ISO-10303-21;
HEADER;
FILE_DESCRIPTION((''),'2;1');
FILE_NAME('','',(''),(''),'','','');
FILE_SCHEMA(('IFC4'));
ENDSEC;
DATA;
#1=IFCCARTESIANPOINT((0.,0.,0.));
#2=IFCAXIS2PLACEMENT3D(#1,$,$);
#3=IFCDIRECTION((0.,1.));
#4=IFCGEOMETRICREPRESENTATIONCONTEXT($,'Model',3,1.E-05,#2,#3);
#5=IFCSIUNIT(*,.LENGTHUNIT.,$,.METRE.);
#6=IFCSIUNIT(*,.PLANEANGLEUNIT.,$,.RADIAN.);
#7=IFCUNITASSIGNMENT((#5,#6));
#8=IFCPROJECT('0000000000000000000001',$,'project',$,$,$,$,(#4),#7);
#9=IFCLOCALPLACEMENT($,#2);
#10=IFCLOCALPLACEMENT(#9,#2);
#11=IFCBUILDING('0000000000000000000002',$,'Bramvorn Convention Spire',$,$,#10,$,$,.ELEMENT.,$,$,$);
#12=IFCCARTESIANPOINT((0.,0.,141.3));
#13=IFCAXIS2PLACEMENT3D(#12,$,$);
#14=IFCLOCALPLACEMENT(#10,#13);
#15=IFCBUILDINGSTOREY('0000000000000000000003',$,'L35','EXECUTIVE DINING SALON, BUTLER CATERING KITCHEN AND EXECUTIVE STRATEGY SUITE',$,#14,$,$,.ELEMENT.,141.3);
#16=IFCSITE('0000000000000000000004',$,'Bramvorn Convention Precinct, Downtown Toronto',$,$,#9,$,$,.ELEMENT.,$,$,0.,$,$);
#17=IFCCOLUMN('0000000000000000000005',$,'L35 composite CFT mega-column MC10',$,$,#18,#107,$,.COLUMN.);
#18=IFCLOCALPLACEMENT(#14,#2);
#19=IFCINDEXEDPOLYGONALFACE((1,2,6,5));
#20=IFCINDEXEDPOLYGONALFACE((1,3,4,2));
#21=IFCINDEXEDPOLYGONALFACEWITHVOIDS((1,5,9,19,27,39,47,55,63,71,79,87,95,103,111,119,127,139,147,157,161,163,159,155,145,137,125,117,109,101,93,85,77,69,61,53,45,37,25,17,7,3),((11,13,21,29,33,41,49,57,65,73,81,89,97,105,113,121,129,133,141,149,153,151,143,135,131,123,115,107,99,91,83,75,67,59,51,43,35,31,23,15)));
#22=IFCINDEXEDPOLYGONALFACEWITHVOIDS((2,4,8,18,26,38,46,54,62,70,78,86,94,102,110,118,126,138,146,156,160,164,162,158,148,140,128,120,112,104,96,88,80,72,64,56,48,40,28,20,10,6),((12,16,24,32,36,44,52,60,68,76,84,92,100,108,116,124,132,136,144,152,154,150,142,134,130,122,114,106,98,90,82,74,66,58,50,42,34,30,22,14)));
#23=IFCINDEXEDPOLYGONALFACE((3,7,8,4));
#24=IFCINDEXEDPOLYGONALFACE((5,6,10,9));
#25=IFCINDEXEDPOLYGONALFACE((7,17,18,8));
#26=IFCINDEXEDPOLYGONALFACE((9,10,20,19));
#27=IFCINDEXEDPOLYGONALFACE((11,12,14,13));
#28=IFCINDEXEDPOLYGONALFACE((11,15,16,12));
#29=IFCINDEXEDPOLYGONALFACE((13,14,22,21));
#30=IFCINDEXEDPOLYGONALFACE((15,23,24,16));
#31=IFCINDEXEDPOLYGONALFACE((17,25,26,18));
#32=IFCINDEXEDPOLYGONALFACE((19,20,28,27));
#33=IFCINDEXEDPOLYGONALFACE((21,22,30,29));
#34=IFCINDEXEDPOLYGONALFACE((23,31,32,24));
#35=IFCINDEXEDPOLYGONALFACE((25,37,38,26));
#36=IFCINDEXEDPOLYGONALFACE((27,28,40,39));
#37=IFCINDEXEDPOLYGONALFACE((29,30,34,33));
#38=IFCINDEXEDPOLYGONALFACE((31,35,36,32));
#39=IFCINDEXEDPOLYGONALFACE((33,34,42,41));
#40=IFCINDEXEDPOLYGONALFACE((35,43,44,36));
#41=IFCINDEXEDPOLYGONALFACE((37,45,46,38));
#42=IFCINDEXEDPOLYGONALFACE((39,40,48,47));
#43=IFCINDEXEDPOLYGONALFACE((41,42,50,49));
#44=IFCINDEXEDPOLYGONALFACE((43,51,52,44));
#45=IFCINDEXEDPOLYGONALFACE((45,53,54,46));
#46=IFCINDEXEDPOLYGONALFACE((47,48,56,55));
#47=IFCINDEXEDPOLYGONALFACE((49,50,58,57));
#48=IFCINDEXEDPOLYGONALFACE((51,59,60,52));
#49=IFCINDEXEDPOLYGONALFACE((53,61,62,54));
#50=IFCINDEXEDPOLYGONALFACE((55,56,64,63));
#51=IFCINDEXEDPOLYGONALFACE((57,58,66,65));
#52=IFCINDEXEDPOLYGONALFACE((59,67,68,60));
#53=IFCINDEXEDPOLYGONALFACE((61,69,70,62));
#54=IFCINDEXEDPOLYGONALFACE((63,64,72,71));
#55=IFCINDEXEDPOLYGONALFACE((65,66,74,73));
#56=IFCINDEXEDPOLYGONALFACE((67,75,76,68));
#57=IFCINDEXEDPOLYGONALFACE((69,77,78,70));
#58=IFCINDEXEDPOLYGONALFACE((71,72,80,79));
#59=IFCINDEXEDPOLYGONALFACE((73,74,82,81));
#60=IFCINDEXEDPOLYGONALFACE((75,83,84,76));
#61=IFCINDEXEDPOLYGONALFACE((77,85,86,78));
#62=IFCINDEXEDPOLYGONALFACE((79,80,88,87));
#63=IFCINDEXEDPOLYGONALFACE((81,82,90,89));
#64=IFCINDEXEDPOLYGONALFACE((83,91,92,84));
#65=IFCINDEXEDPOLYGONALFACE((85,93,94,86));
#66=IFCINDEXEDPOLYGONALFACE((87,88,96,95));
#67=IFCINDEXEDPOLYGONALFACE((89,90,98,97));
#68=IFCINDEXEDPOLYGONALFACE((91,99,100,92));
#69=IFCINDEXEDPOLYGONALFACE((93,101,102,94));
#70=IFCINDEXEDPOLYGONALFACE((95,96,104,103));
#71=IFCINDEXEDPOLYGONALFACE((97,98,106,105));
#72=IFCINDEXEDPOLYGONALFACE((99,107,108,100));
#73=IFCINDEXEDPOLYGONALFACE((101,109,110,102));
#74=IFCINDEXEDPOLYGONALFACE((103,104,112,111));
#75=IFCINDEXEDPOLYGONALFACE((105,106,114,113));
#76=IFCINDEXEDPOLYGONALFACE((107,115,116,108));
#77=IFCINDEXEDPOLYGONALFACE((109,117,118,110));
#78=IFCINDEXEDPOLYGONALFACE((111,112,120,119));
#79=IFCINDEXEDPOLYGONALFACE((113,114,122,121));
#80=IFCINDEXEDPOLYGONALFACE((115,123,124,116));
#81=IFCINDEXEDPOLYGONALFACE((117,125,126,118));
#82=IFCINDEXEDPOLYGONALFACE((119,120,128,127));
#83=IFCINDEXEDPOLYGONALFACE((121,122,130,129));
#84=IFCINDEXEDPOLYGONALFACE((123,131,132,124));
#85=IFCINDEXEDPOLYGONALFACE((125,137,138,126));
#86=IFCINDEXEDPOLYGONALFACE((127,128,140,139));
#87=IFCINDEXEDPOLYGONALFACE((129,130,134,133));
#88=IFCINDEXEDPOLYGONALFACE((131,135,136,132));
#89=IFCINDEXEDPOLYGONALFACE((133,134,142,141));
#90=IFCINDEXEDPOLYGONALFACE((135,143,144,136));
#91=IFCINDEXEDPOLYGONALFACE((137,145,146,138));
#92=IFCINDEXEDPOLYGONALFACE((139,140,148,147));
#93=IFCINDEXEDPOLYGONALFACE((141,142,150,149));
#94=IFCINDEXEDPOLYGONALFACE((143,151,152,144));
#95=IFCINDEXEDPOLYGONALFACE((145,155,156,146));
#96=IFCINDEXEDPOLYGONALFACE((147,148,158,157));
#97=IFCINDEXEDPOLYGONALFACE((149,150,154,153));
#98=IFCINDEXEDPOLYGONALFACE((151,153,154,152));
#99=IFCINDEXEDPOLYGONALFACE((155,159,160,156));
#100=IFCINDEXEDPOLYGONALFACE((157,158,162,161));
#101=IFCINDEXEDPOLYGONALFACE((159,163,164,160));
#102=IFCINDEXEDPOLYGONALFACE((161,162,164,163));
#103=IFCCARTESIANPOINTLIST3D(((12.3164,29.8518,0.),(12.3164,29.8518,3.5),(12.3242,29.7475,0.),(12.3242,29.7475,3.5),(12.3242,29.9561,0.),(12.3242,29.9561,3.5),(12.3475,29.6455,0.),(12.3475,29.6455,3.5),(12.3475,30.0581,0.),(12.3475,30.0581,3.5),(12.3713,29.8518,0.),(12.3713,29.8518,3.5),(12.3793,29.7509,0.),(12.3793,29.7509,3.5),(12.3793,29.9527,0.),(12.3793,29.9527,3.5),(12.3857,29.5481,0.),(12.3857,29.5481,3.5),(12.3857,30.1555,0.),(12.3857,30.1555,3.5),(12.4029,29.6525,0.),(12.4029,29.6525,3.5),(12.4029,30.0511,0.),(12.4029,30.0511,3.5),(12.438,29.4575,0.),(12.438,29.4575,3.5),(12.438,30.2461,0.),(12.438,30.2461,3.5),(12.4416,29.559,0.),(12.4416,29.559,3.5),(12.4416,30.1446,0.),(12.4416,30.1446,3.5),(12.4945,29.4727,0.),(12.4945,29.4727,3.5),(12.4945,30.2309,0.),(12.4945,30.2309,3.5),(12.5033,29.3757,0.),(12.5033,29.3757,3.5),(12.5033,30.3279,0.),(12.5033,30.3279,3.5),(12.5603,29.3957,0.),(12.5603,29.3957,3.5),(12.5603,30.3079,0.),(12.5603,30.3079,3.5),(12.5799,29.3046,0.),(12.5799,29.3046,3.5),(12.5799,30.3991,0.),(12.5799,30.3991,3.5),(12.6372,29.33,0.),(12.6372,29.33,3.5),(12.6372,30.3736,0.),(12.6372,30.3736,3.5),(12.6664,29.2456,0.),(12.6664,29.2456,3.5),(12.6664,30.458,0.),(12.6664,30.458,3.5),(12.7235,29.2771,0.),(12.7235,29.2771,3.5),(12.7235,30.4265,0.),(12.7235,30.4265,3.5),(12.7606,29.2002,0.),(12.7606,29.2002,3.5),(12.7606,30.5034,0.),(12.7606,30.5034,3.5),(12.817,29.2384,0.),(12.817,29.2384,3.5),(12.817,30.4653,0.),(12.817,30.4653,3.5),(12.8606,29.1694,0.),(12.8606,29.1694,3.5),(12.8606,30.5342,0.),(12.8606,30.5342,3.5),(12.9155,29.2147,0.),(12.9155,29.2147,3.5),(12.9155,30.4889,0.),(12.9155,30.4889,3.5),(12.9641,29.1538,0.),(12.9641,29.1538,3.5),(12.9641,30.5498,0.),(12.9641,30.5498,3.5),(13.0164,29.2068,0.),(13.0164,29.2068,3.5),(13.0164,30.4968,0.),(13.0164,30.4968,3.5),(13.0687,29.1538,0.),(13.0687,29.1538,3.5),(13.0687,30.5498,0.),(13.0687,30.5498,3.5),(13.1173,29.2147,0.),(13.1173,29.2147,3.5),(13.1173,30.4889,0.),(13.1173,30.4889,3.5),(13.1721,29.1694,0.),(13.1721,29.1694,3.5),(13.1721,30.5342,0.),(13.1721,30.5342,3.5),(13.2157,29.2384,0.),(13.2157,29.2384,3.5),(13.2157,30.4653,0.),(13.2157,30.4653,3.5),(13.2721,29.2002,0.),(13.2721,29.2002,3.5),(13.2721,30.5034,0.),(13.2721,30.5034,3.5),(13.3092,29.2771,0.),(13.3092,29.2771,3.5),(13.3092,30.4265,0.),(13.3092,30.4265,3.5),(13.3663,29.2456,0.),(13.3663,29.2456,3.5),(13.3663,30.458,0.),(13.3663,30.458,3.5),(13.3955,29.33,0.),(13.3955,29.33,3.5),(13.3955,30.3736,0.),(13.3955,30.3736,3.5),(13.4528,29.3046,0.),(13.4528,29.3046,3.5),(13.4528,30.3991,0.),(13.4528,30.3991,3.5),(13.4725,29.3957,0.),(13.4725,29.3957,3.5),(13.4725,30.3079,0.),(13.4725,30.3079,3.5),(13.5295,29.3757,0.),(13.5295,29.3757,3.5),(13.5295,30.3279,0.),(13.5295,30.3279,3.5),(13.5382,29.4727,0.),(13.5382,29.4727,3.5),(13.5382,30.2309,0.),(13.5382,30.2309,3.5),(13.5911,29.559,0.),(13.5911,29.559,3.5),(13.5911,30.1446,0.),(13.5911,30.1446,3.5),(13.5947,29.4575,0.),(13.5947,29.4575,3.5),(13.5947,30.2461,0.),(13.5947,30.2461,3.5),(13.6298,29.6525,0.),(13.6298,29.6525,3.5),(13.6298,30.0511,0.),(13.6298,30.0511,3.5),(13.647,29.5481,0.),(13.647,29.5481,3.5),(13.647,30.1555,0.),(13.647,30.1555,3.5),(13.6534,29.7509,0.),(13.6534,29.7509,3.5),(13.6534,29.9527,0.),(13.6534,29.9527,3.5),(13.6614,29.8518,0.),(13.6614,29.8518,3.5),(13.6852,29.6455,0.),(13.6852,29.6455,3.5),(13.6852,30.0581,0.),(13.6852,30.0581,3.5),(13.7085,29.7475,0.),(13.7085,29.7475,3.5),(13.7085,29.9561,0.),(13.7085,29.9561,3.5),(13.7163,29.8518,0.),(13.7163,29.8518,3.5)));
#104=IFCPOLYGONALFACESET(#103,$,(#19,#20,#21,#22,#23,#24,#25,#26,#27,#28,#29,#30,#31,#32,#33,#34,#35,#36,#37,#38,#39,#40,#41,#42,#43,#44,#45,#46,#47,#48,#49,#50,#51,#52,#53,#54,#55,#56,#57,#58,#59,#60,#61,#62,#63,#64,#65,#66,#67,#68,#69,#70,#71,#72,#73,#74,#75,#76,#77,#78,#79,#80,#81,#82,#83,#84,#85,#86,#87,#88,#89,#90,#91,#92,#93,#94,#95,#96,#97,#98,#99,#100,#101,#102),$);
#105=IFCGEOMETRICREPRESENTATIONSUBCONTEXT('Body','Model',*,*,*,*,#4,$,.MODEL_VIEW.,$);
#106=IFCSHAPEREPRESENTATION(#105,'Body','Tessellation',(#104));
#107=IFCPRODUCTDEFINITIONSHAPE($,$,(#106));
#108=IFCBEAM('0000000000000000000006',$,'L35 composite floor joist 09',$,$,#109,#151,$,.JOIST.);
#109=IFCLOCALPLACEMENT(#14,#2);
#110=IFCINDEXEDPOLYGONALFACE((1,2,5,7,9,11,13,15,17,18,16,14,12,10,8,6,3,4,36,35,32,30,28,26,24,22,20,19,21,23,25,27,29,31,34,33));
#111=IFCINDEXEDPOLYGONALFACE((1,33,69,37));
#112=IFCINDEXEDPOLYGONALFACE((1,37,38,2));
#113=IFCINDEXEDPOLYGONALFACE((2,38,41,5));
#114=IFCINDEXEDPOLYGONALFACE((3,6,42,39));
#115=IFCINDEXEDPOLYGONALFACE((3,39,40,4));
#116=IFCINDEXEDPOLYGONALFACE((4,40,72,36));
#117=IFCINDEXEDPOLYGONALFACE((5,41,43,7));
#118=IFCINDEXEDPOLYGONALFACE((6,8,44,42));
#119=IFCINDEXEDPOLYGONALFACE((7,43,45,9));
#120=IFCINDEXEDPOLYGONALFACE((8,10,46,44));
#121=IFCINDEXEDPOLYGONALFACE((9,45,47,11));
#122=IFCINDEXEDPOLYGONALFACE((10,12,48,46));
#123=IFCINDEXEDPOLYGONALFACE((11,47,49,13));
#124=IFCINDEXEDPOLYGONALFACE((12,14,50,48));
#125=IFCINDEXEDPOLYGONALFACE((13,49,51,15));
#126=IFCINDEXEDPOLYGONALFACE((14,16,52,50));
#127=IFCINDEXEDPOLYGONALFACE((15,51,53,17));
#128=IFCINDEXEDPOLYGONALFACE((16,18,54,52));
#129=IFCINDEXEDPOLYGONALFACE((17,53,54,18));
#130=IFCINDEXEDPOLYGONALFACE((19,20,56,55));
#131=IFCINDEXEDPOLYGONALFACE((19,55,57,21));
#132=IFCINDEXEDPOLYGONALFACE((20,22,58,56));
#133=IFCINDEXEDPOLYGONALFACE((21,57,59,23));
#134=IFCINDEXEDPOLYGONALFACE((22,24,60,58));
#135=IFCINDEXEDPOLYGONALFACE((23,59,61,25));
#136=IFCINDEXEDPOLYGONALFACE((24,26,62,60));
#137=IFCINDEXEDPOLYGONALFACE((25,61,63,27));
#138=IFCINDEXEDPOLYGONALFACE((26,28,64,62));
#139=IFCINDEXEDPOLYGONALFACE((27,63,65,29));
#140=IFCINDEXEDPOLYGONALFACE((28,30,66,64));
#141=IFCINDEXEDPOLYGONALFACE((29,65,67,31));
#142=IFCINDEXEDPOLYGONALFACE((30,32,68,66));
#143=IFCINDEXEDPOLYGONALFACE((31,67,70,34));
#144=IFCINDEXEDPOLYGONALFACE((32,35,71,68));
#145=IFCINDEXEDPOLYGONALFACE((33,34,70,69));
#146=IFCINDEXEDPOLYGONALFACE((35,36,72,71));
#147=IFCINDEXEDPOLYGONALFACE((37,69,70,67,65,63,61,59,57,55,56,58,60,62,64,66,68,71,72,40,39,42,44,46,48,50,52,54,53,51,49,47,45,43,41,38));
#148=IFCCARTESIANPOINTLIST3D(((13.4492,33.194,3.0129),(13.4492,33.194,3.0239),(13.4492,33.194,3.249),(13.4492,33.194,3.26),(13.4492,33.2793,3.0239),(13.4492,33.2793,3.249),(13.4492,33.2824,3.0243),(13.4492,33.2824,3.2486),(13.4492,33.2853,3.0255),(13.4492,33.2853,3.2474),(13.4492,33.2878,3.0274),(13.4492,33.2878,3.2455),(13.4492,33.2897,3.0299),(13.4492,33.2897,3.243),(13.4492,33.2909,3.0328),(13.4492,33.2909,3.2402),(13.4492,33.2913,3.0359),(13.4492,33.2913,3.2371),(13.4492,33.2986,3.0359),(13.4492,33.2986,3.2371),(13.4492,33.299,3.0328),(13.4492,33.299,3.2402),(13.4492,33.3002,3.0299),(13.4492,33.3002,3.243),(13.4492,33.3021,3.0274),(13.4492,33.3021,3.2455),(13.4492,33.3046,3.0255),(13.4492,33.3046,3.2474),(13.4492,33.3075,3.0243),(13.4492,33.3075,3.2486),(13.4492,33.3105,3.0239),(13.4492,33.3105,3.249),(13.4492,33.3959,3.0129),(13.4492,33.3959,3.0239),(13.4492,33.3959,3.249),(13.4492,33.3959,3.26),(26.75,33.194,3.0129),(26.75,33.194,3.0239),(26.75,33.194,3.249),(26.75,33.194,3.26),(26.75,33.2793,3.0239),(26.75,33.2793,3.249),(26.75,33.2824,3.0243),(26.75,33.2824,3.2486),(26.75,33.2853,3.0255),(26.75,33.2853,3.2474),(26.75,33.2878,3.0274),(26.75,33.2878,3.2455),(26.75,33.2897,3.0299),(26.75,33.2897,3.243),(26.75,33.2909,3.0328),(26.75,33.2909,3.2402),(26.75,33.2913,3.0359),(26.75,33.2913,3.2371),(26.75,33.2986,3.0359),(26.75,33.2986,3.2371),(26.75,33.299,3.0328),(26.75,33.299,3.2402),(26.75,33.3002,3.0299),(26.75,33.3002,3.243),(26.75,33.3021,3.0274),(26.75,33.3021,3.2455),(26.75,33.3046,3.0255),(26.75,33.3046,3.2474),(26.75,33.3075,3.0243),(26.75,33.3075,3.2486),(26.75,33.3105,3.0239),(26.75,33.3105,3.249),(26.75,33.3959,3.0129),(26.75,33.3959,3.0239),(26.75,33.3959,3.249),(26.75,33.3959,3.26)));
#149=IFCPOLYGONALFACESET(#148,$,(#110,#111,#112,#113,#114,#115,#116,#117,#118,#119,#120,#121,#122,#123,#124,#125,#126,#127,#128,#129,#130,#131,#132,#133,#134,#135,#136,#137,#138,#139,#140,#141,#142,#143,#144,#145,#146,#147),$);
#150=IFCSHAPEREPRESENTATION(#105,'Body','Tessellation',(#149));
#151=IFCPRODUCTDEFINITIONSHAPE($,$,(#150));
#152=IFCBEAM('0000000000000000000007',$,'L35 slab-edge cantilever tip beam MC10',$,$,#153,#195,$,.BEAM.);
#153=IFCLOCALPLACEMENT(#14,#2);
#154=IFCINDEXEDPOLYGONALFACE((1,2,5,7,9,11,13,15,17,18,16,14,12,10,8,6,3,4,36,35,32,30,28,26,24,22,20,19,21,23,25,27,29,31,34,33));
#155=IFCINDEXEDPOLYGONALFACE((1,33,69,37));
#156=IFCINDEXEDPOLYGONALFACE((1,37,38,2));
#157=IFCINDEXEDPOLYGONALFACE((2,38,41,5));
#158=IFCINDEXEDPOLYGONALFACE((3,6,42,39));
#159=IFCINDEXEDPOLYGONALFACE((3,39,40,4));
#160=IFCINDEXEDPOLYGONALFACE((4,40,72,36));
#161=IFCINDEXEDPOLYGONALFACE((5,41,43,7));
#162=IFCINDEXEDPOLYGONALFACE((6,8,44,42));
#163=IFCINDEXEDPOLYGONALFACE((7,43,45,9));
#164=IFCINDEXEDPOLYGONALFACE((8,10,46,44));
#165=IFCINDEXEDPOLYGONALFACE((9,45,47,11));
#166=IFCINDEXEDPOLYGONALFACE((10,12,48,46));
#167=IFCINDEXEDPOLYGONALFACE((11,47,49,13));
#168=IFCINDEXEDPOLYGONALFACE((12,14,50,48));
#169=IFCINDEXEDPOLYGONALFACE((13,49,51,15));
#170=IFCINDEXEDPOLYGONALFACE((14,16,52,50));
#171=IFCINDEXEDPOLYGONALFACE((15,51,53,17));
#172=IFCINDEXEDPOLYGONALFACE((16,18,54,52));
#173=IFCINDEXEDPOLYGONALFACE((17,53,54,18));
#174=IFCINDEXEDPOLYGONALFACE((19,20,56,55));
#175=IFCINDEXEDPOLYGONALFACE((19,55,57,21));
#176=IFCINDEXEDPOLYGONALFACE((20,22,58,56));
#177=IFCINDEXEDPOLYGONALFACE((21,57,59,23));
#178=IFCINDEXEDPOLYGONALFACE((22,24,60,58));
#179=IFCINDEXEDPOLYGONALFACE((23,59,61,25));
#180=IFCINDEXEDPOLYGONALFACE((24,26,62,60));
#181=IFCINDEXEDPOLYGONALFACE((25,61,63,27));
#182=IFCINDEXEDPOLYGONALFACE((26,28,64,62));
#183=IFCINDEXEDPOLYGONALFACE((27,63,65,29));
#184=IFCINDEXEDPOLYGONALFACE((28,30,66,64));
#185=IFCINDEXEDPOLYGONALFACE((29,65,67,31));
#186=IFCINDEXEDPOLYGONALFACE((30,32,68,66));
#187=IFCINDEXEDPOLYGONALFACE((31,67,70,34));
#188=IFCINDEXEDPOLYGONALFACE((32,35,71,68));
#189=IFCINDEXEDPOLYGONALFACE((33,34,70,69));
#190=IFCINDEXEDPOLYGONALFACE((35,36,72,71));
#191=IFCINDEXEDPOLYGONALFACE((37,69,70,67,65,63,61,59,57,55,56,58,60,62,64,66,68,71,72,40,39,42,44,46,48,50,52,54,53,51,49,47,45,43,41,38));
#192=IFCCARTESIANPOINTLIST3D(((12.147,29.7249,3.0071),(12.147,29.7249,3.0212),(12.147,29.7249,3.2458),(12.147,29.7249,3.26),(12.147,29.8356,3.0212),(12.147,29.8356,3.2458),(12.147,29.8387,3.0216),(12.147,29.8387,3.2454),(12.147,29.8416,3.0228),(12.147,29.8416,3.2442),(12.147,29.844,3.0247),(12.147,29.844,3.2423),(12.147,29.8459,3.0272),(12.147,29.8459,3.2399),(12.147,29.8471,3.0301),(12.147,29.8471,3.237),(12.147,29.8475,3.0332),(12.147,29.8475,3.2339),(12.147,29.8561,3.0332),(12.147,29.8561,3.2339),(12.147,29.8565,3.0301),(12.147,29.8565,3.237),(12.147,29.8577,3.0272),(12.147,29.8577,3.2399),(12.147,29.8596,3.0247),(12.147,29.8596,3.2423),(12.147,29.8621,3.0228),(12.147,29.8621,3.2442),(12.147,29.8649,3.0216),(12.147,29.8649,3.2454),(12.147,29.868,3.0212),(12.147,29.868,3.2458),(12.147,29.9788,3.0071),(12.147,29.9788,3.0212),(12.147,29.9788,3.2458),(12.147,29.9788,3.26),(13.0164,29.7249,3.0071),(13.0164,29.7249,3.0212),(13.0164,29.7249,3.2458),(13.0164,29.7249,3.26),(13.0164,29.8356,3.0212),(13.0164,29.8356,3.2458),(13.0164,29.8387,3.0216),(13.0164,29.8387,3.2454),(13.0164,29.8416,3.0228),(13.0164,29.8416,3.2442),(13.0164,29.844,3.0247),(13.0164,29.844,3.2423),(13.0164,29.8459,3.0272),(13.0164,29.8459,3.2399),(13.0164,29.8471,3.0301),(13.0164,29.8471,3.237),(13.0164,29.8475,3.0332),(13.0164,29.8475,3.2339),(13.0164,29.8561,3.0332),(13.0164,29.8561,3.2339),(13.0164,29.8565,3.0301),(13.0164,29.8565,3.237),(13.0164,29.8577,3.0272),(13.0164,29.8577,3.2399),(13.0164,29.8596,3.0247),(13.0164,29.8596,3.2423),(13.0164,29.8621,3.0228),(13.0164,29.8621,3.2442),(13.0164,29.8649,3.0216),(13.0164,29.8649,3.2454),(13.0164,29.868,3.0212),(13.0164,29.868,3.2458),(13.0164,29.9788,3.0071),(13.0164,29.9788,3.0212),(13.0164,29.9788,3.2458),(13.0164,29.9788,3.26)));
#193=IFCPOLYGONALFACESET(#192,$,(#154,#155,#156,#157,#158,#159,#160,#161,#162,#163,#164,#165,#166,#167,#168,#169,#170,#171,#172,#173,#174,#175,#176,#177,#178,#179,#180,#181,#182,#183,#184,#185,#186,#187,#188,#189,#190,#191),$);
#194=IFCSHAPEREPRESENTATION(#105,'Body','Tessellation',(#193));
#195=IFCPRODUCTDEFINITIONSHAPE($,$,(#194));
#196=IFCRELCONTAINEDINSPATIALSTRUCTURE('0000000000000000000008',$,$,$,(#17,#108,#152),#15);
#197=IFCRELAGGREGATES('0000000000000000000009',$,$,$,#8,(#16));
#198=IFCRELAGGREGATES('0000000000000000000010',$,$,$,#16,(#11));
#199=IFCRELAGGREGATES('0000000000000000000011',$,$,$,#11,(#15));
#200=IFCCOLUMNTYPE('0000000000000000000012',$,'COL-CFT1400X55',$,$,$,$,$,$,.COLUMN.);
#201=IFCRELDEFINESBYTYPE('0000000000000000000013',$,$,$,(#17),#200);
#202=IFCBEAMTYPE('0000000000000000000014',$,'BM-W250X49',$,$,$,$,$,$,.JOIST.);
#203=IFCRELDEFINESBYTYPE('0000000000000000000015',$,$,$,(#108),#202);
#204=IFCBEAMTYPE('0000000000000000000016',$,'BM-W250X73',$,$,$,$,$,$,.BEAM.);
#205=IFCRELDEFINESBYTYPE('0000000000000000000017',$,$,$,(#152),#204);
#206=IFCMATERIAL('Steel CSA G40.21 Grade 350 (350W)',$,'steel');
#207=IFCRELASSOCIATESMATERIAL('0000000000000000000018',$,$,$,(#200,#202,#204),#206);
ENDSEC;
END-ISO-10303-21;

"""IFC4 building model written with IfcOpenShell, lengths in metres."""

from ifc_helpers import new_model, si_unit, direction, frame, origin, origin_2d, place, context, subcontext, project, spatial, hollow_circle, i_section, extrude, material, material_profile, profile_set, type_object, element, save


model = new_model("IFC4")

# Units and contexts
model_context = context("Model", 3, precision=1e-05, world=origin(), true_north=direction((0.0, 1.0)))
body_context = subcontext(model_context, "Body", "Model", "MODEL_VIEW")
ifc_project = project(units=[si_unit("LENGTHUNIT", "METRE"), si_unit("PLANEANGLEUNIT", "RADIAN")], contexts=[model_context])

# Site, building, storey
site_placement = place(None, origin())
site = spatial("IfcSite", under=ifc_project, at=site_placement, Name="Bramvorn Convention Precinct, Downtown Toronto", CompositionType="ELEMENT", RefElevation=0.0)
building_placement = place(site_placement, origin())
building = spatial("IfcBuilding", under=site, at=building_placement, Name="Bramvorn Convention Spire", CompositionType="ELEMENT")
storey_placement = place(building_placement, frame((0.0, 0.0, 141.3)))
storey = spatial("IfcBuildingStorey", under=building, at=storey_placement, Name="L35", Description="EXECUTIVE DINING SALON, BUTLER CATERING KITCHEN AND EXECUTIVE STRATEGY SUITE", CompositionType="ELEMENT", Elevation=141.3)

# Column
ifc_material_1 = material(Name="Steel CSA G40.21 Grade 350 (350W)", Category="steel")
ifc_material_profile_1 = material_profile(ifc_material_1, hollow_circle(Radius=0.7, WallThickness=0.0549, at=origin_2d()))
ifc_profile_set_1 = profile_set([ifc_material_profile_1], Name="Steel CSA G40.21 Grade 350 (350W) - CFT1400X55")
column_type = type_object("IfcColumnType", Name="COL-CFT1400X55", PredefinedType="COLUMN", material=ifc_profile_set_1)
column_placement = place(storey_placement, frame((13.0164, 29.8518, 0.0), z_axis=(0.0, 0.0, 1.0), x_axis=(1.0, 0.0, 0.0)))
element("IfcColumn", 1, at=column_placement, inside=storey, type_object=column_type, Name="L35 composite CFT mega-column MC10", PredefinedType="COLUMN", context=body_context, shape_type="SweptSolid", body=[
    extrude(hollow_circle(Radius=0.7, WallThickness=0.0549, at=origin_2d()), origin(), (0.0, 0.0, 1.0), 3.5),
])

# Beams
ifc_material_profile_2 = material_profile(ifc_material_1, i_section(OverallWidth=0.2019, OverallDepth=0.2471, WebThickness=0.0073, FlangeThickness=0.011, FilletRadius=0.012, at=origin_2d()))
ifc_profile_set_2 = profile_set([ifc_material_profile_2], Name="Steel CSA G40.21 Grade 350 (350W) - W250X49")
beam_type_1 = type_object("IfcBeamType", Name="BM-W250X49", PredefinedType="JOIST", material=ifc_profile_set_2)
beam_1_placement = place(storey_placement, frame((26.75, 33.2949, 3.1365), z_axis=(-1.0, 0.0, 0.0), x_axis=(0.0, -1.0, 0.0)))
element("IfcBeam", 2, at=beam_1_placement, inside=storey, type_object=beam_type_1, Name="L35 composite floor joist 09", PredefinedType="JOIST", context=body_context, shape_type="SweptSolid", body=[
    extrude(i_section(OverallWidth=0.2019, OverallDepth=0.2471, WebThickness=0.0073, FlangeThickness=0.011, FilletRadius=0.012, at=origin_2d()), origin(), (0.0, 0.0, 1.0), 13.3008),
])
ifc_material_profile_3 = material_profile(ifc_material_1, i_section(OverallWidth=0.2539, OverallDepth=0.2529, WebThickness=0.0085, FlangeThickness=0.0142, FilletRadius=0.012, at=origin_2d()))
ifc_profile_set_3 = profile_set([ifc_material_profile_3], Name="Steel CSA G40.21 Grade 350 (350W) - W250X73")
beam_type_2 = type_object("IfcBeamType", Name="BM-W250X73", PredefinedType="BEAM", material=ifc_profile_set_3)
beam_2_placement = place(storey_placement, frame((13.0164, 29.8518, 3.1335), z_axis=(-1.0, 0.0, 0.0), x_axis=(0.0, -1.0, 0.0)))
element("IfcBeam", 3, at=beam_2_placement, inside=storey, type_object=beam_type_2, Name="L35 slab-edge cantilever tip beam MC10", PredefinedType="BEAM", context=body_context, shape_type="SweptSolid", body=[
    extrude(i_section(OverallWidth=0.2539, OverallDepth=0.2529, WebThickness=0.0085, FlangeThickness=0.0142, FilletRadius=0.012, at=origin_2d()), origin(), (0.0, 0.0, 1.0), 0.8694),
])

save(model, "model.ifc")
